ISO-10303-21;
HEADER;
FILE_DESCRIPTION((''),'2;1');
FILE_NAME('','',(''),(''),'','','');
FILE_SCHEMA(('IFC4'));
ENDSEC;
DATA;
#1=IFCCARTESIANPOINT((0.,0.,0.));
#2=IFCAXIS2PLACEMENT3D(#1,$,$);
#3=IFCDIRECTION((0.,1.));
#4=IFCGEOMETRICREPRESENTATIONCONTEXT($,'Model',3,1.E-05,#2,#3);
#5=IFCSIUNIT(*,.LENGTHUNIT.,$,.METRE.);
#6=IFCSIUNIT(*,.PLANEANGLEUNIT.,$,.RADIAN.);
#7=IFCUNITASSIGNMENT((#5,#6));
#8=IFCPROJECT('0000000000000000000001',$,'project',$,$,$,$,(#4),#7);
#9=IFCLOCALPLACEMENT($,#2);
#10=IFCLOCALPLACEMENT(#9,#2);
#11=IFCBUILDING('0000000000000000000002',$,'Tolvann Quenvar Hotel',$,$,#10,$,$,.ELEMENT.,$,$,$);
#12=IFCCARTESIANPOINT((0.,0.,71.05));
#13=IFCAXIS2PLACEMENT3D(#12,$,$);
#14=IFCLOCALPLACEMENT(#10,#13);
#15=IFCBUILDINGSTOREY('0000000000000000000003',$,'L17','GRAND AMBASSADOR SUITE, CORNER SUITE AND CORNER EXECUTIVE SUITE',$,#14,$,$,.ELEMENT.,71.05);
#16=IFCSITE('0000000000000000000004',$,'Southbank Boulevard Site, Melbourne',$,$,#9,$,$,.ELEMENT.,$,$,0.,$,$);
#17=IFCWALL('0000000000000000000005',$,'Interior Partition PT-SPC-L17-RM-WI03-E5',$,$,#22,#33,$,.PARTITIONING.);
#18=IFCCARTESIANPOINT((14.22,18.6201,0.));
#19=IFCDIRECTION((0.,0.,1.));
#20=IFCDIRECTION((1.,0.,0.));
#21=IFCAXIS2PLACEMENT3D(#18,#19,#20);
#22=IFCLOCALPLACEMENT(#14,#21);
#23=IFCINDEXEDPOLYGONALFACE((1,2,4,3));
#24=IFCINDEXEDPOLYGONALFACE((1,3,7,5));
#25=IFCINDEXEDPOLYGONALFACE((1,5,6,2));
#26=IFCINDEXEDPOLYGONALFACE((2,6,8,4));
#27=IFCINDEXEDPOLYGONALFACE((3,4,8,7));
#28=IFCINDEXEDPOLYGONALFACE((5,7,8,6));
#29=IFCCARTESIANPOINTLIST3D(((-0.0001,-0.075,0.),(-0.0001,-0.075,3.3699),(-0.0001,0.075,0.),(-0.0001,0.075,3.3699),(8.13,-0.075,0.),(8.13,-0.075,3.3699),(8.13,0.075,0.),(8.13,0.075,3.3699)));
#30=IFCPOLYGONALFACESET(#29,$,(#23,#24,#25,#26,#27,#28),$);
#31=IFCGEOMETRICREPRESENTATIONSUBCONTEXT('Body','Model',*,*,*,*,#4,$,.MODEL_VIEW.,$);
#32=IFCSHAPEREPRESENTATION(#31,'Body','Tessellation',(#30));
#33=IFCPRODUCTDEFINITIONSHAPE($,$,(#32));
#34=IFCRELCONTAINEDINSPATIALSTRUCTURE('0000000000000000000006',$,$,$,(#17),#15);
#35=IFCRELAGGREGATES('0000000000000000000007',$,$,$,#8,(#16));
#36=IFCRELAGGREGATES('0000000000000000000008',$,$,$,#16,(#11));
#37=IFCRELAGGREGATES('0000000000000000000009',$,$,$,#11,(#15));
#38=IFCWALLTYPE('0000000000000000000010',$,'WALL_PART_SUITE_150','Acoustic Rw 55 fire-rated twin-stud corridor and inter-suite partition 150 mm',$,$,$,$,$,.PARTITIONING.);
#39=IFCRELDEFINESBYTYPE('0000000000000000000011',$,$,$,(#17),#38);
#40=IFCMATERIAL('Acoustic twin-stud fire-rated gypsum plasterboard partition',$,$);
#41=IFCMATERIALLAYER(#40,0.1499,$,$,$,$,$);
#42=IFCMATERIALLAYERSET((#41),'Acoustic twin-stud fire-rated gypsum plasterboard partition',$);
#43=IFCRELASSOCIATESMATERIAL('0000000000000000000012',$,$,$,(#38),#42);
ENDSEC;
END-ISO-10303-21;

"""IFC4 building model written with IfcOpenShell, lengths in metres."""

from ifc_helpers import new_model, si_unit, direction, frame, frame_2d, origin, place, context, subcontext, project, spatial, rectangle, extrude, material, layer, layer_set, type_object, element, save


model = new_model("IFC4")

# Units and contexts
model_context = context("Model", 3, precision=1e-05, world=origin(), true_north=direction((0.0, 1.0)))
body_context = subcontext(model_context, "Body", "Model", "MODEL_VIEW")
ifc_project = project(units=[si_unit("LENGTHUNIT", "METRE"), si_unit("PLANEANGLEUNIT", "RADIAN")], contexts=[model_context])

# Site, building, storey
site_placement = place(None, origin())
site = spatial("IfcSite", under=ifc_project, at=site_placement, Name="Southbank Boulevard Site, Melbourne", CompositionType="ELEMENT", RefElevation=0.0)
building_placement = place(site_placement, origin())
building = spatial("IfcBuilding", under=site, at=building_placement, Name="Tolvann Quenvar Hotel", CompositionType="ELEMENT")
storey_placement = place(building_placement, frame((0.0, 0.0, 71.05)))
storey = spatial("IfcBuildingStorey", under=building, at=storey_placement, Name="L17", Description="GRAND AMBASSADOR SUITE, CORNER SUITE AND CORNER EXECUTIVE SUITE", CompositionType="ELEMENT", Elevation=71.05)

# Shared definitions
ifc_material_1 = material(Name="Acoustic twin-stud fire-rated gypsum plasterboard partition")
ifc_layer_1 = layer(ifc_material_1, 0.1499)
ifc_layer_set_1 = layer_set([ifc_layer_1], Name="Acoustic twin-stud fire-rated gypsum plasterboard partition")
wall_type_1 = type_object("IfcWallType", Name="WALL_PART_SUITE_150", Description="Acoustic Rw 55 fire-rated twin-stud corridor and inter-suite partition 150 mm", PredefinedType="PARTITIONING", material=ifc_layer_set_1)

# Wall
wall_1_placement = place(storey_placement, frame((14.22, 18.6201, 0.0), z_axis=(0.0, 0.0, 1.0), x_axis=(1.0, 0.0, 0.0)))
element("IfcWall", 1, at=wall_1_placement, inside=storey, type_object=wall_type_1, Name="Interior Partition PT-SPC-L17-RM-WI03-E5", PredefinedType="PARTITIONING", context=body_context, shape_type="SweptSolid", body=[
    extrude(rectangle(XDim=8.1301, YDim=0.1499, at=frame_2d((4.0649, 0.0))), origin(), (0.0, 0.0, 1.0), 3.3699),
])

save(model, "model.ifc")
